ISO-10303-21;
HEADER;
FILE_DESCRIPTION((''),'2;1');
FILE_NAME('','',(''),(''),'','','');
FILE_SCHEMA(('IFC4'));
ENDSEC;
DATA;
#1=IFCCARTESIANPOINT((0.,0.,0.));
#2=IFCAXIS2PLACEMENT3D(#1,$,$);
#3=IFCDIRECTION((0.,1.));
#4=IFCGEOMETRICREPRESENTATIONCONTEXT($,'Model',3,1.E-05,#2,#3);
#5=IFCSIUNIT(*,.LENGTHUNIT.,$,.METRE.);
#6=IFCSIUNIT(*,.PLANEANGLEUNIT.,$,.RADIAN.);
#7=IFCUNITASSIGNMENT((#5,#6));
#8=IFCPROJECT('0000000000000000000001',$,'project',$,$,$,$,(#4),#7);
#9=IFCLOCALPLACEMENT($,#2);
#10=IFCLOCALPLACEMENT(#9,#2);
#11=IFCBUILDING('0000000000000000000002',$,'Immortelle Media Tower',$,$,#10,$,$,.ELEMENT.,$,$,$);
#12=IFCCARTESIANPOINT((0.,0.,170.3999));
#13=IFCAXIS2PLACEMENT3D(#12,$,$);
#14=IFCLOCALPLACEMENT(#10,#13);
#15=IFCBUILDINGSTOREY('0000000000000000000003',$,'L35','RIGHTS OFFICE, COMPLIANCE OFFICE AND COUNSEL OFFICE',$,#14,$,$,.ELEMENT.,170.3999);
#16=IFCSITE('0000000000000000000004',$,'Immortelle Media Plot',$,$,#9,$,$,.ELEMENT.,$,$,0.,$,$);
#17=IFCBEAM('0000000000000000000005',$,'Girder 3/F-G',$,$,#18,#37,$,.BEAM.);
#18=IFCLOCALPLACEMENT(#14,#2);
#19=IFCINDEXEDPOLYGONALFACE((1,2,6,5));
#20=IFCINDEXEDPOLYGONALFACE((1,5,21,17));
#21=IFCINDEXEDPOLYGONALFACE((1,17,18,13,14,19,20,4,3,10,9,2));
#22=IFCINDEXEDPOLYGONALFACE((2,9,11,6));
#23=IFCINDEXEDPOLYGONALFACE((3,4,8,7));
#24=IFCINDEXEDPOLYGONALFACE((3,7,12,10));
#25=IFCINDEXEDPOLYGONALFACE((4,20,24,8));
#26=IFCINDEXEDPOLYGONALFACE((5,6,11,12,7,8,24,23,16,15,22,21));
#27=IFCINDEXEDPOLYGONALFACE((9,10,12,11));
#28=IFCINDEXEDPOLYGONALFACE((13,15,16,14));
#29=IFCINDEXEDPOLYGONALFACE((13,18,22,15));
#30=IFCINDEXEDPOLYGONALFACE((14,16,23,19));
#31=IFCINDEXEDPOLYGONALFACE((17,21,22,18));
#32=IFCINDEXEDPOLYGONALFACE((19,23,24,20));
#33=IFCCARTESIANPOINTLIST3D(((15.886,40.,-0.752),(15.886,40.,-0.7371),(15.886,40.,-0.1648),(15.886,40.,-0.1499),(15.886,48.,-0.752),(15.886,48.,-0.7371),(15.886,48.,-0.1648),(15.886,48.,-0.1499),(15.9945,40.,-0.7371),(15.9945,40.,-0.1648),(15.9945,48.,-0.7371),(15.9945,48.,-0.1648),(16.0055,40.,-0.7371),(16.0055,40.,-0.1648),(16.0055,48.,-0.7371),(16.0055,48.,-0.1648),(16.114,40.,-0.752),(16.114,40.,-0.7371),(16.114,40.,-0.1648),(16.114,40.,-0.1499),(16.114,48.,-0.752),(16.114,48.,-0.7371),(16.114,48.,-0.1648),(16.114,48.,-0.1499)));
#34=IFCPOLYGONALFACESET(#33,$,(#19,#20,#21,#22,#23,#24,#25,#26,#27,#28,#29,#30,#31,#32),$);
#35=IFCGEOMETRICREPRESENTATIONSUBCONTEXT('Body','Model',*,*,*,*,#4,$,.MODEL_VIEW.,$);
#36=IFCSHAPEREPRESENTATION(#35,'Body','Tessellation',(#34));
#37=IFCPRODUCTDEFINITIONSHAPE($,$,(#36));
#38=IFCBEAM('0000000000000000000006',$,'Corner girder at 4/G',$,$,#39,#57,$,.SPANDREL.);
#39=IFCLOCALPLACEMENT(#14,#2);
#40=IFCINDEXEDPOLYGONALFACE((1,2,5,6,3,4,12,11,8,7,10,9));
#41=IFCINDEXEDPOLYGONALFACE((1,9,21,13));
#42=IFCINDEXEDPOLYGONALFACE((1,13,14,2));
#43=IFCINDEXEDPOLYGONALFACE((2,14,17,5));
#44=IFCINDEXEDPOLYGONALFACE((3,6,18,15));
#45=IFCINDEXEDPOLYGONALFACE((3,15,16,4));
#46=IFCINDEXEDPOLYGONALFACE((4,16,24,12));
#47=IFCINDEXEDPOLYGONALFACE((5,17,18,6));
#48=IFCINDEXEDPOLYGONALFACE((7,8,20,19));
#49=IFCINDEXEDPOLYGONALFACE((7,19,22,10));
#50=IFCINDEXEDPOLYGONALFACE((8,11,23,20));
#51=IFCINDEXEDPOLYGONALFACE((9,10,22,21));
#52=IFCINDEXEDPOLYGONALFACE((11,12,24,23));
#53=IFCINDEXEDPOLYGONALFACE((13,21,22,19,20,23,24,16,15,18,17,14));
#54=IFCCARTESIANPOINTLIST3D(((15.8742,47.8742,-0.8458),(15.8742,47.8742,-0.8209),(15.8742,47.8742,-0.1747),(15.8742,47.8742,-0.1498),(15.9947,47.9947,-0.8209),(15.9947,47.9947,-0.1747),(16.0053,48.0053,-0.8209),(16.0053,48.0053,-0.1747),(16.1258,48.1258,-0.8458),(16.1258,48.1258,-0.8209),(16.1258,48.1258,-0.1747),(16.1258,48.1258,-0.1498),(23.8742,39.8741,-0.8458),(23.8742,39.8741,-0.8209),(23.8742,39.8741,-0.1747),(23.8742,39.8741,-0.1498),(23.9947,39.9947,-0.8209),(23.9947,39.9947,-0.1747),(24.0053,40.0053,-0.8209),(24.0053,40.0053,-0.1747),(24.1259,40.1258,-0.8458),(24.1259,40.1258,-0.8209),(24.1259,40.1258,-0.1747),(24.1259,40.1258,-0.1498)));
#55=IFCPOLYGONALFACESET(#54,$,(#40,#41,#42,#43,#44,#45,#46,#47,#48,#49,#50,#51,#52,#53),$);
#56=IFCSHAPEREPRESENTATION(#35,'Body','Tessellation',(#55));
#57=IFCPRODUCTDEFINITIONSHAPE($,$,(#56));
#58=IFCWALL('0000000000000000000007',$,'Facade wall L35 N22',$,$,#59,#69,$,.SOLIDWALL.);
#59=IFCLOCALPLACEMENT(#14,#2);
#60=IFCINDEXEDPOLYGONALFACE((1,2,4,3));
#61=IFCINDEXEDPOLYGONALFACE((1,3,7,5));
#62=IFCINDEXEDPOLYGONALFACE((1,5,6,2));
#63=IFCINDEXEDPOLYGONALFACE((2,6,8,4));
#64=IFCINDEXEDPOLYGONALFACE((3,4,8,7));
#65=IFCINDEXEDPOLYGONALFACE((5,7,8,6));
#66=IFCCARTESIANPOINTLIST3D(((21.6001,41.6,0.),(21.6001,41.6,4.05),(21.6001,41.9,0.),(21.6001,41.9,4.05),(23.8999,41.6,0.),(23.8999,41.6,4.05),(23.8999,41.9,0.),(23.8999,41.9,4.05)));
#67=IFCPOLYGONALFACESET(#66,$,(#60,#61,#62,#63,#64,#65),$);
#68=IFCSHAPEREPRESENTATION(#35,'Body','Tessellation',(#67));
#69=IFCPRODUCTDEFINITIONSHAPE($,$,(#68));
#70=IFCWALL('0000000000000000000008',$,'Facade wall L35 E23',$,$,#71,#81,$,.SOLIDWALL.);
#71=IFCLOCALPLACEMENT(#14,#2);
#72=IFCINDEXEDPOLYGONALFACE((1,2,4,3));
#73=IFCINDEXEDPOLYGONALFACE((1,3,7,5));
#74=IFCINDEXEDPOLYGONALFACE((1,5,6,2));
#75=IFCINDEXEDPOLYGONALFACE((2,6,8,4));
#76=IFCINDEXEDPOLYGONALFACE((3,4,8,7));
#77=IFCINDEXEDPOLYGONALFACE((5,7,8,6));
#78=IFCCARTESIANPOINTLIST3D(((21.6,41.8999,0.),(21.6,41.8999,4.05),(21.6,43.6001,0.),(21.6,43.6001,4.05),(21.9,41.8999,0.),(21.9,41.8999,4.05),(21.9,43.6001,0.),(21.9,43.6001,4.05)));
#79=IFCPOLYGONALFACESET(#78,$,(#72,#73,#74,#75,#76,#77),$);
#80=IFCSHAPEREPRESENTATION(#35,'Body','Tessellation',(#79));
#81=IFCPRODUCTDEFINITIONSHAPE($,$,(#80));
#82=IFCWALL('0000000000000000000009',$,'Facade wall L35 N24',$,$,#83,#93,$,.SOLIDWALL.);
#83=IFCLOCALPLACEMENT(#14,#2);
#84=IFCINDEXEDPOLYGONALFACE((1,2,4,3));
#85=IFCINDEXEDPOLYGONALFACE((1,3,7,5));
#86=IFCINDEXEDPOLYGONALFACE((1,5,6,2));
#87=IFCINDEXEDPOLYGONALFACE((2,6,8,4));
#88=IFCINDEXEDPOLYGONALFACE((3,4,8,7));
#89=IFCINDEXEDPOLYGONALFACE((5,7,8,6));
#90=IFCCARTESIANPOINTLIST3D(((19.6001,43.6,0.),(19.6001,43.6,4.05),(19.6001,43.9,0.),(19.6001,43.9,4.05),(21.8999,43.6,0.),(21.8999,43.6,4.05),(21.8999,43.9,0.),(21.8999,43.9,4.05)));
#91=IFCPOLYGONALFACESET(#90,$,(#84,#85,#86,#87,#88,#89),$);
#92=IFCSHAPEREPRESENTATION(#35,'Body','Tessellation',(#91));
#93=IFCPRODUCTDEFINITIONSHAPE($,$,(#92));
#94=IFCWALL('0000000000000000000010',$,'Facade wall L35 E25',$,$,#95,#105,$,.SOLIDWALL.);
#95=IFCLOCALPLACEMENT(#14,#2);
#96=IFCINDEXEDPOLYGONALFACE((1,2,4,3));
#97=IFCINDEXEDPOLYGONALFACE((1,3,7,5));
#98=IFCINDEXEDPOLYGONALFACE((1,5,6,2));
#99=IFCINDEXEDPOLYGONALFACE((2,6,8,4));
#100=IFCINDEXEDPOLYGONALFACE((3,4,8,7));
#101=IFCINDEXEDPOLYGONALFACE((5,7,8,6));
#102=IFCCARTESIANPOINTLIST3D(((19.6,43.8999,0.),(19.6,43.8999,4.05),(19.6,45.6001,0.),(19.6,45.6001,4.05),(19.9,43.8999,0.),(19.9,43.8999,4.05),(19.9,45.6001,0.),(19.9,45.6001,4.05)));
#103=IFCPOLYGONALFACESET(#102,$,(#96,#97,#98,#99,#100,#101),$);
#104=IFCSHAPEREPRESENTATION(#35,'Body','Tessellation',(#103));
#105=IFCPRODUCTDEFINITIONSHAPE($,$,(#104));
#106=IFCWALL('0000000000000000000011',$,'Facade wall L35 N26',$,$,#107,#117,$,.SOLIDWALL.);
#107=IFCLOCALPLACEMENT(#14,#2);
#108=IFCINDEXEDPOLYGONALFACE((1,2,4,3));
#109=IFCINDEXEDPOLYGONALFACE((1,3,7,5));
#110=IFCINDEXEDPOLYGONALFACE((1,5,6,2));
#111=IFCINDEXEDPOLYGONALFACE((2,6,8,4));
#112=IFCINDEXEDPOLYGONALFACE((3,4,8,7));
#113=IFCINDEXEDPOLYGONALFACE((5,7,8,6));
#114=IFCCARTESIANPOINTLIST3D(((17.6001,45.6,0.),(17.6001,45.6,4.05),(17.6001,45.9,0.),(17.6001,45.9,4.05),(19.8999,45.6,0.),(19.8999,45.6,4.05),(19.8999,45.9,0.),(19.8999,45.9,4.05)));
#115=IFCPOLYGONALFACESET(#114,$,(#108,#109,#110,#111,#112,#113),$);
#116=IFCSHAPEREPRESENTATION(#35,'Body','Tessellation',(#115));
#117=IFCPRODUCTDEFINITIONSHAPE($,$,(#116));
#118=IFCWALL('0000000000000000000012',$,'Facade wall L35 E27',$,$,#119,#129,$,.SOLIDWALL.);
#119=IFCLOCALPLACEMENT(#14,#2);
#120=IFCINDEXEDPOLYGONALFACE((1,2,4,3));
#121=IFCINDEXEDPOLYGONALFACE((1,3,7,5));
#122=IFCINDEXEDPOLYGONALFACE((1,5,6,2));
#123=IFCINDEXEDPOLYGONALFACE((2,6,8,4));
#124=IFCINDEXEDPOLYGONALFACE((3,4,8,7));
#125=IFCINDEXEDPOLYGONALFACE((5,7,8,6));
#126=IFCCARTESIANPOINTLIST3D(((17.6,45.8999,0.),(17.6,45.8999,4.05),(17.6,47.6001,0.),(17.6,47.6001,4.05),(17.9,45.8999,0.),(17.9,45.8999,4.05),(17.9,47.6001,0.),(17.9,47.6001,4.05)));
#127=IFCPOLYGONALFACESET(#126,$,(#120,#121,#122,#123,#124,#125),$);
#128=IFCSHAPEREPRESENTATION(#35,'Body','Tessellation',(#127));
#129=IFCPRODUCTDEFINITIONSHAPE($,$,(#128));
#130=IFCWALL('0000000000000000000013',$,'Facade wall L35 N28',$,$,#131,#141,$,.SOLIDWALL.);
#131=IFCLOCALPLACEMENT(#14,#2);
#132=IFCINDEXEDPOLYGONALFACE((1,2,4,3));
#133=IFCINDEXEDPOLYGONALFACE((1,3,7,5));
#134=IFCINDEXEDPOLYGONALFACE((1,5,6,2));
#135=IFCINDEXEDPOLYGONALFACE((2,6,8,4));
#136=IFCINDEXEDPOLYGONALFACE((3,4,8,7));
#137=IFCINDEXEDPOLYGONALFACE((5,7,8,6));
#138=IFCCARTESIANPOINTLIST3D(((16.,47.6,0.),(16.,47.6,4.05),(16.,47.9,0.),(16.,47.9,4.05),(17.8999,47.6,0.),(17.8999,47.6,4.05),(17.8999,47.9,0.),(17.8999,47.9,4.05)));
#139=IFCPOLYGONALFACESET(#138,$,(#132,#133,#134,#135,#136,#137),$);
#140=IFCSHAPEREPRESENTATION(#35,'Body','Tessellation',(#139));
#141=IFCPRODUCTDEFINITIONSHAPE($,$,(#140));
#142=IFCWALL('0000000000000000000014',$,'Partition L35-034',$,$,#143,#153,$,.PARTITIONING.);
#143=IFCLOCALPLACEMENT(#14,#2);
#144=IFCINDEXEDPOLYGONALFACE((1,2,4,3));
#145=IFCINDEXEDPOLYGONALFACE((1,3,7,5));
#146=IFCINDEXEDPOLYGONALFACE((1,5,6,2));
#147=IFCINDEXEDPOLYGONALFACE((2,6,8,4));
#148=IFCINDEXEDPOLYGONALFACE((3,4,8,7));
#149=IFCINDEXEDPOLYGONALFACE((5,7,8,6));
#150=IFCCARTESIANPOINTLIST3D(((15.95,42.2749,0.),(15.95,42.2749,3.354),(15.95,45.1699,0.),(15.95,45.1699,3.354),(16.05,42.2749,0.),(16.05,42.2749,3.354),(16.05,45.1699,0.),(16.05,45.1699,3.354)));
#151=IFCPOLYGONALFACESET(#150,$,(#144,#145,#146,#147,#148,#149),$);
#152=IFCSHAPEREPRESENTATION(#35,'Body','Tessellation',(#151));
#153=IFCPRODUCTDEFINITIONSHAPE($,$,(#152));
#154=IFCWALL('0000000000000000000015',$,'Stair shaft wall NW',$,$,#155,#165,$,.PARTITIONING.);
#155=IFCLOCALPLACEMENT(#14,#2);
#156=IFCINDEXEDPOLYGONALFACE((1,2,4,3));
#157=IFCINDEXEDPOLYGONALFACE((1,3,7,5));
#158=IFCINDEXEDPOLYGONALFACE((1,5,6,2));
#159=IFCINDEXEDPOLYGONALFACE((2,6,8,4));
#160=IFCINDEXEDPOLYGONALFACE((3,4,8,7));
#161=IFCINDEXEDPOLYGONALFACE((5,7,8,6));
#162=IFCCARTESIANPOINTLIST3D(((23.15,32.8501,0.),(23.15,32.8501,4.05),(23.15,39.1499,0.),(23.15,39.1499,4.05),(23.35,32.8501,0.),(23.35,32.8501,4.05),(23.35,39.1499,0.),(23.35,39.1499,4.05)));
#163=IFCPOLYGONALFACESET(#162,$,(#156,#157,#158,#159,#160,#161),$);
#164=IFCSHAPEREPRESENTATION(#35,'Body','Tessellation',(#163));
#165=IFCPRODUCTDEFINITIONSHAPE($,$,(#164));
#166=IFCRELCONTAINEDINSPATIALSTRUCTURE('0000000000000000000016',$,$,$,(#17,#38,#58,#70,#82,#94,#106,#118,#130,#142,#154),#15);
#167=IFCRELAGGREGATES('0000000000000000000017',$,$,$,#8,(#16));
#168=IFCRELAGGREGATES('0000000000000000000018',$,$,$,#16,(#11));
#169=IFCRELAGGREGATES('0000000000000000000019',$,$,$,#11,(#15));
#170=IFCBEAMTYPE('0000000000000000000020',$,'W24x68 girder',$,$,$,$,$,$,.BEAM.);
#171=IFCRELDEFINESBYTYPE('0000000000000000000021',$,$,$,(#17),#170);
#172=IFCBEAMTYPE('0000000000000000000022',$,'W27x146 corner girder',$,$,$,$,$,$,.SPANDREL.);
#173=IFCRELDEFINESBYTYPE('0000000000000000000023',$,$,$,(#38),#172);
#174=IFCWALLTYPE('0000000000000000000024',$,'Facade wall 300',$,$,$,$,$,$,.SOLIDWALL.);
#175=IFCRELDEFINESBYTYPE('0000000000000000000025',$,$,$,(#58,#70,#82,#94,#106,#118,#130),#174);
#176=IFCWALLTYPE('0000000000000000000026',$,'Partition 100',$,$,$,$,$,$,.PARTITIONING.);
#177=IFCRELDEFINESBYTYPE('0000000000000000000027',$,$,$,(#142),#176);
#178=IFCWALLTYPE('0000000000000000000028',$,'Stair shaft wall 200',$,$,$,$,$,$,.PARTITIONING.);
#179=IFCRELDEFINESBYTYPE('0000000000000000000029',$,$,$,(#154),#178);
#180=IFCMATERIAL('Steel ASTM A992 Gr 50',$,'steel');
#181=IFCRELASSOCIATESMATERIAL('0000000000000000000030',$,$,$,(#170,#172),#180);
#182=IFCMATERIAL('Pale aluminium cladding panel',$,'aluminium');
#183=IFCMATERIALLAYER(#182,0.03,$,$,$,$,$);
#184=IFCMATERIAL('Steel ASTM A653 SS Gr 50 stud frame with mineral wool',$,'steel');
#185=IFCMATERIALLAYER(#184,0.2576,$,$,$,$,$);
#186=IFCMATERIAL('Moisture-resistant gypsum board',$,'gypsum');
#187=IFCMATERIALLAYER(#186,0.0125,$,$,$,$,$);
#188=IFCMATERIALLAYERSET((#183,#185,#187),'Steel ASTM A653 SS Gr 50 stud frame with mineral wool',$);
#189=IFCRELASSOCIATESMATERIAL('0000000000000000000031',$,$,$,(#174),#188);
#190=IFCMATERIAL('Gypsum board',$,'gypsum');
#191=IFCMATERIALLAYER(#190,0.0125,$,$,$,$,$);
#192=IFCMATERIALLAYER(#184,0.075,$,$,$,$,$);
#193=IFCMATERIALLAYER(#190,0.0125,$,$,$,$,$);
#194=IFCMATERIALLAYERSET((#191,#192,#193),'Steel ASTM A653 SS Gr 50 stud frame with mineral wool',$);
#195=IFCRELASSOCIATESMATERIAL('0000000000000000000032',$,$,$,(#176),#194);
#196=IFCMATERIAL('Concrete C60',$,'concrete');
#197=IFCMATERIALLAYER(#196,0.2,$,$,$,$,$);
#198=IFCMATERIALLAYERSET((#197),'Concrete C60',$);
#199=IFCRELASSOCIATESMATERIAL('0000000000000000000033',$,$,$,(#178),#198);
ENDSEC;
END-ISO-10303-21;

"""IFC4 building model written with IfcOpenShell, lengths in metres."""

from ifc_helpers import new_model, si_unit, direction, frame, frame_2d, origin, origin_2d, place, context, subcontext, project, spatial, rectangle, i_section, extrude, material, layer, layer_set, material_profile, profile_set, type_object, element, save


model = new_model("IFC4")

# Units and contexts
model_context = context("Model", 3, precision=1e-05, world=origin(), true_north=direction((0.0, 1.0)))
body_context = subcontext(model_context, "Body", "Model", "MODEL_VIEW")
ifc_project = project(units=[si_unit("LENGTHUNIT", "METRE"), si_unit("PLANEANGLEUNIT", "RADIAN")], contexts=[model_context])

# Site, building, storey
site_placement = place(None, origin())
site = spatial("IfcSite", under=ifc_project, at=site_placement, Name="Immortelle Media Plot", CompositionType="ELEMENT", RefElevation=0.0)
building_placement = place(site_placement, origin())
building = spatial("IfcBuilding", under=site, at=building_placement, Name="Immortelle Media Tower", CompositionType="ELEMENT")
storey_placement = place(building_placement, frame((0.0, 0.0, 170.3999)))
storey = spatial("IfcBuildingStorey", under=building, at=storey_placement, Name="L35", Description="RIGHTS OFFICE, COMPLIANCE OFFICE AND COUNSEL OFFICE", CompositionType="ELEMENT", Elevation=170.3999)

# Shared definitions
ifc_material_1 = material(Name="Steel ASTM A992 Gr 50", Category="steel")

# Beams
ifc_material_profile_1 = material_profile(ifc_material_1, i_section(OverallWidth=0.228, OverallDepth=0.6021, WebThickness=0.011, FlangeThickness=0.0149, at=origin_2d()), Name="W24x68")
ifc_profile_set_1 = profile_set([ifc_material_profile_1], Name="Steel ASTM A992 Gr 50")
beam_type_1 = type_object("IfcBeamType", Name="W24x68 girder", PredefinedType="BEAM", material=ifc_profile_set_1)
for number, where, z_axis, x_axis, name in (
    (1, (16.0, 40.0, -0.4509), (0.0, 1.0, 0.0), (-1.0, 0.0, 0.0), "Girder 3/F-G"),
):
    element("IfcBeam", number, at=place(storey_placement, frame(where, z_axis=z_axis, x_axis=x_axis)), inside=storey, type_object=beam_type_1, Name=name, PredefinedType="BEAM", context=body_context, shape_type="SweptSolid", body=[
        extrude(i_section(OverallWidth=0.228, OverallDepth=0.6021, WebThickness=0.011, FlangeThickness=0.0149, at=origin_2d()), origin(), (0.0, 0.0, 1.0), 8.0),
    ])
ifc_material_profile_2 = material_profile(ifc_material_1, i_section(OverallWidth=0.356, OverallDepth=0.696, WebThickness=0.0149, FlangeThickness=0.0249, at=origin_2d()), Name="W27x146")
ifc_profile_set_2 = profile_set([ifc_material_profile_2], Name="Steel ASTM A992 Gr 50")
beam_type_2 = type_object("IfcBeamType", Name="W27x146 corner girder", PredefinedType="SPANDREL", material=ifc_profile_set_2)
beam_1_placement = place(storey_placement, frame((16.0, 48.0, -0.4978), z_axis=(0.707107, -0.707107, 0.0), x_axis=(0.707107, 0.707107, 0.0)))
element("IfcBeam", 2, at=beam_1_placement, inside=storey, type_object=beam_type_2, Name="Corner girder at 4/G", PredefinedType="SPANDREL", context=body_context, shape_type="SweptSolid", body=[
    extrude(i_section(OverallWidth=0.356, OverallDepth=0.696, WebThickness=0.0149, FlangeThickness=0.0249, at=origin_2d()), origin(), (0.0, 0.0, 1.0), 11.3137),
])

# Walls
ifc_material_2 = material(Name="Pale aluminium cladding panel", Category="aluminium")
ifc_layer_1 = layer(ifc_material_2, 0.03)
ifc_material_3 = material(Name="Steel ASTM A653 SS Gr 50 stud frame with mineral wool", Category="steel")
ifc_layer_2 = layer(ifc_material_3, 0.2576)
ifc_material_4 = material(Name="Moisture-resistant gypsum board", Category="gypsum")
ifc_layer_3 = layer(ifc_material_4, 0.0125)
ifc_layer_set_1 = layer_set([ifc_layer_1, ifc_layer_2, ifc_layer_3], Name="Steel ASTM A653 SS Gr 50 stud frame with mineral wool")
wall_type_1 = type_object("IfcWallType", Name="Facade wall 300", PredefinedType="SOLIDWALL", material=ifc_layer_set_1)
wall_1_placement = place(storey_placement, frame((23.8999, 41.75, 0.0), z_axis=(0.0, 0.0, 1.0), x_axis=(-1.0, 0.0, 0.0)))
element("IfcWall", 3, at=wall_1_placement, inside=storey, type_object=wall_type_1, Name="Facade wall L35 N22", PredefinedType="SOLIDWALL", context=body_context, shape_type="SweptSolid", body=[
    extrude(rectangle(XDim=2.2998, YDim=0.3, at=frame_2d((1.1499, 0.0))), origin(), (0.0, 0.0, 1.0), 4.05),
])
wall_2_placement = place(storey_placement, frame((21.75, 41.8999, 0.0), z_axis=(0.0, 0.0, 1.0), x_axis=(0.0, 1.0, 0.0)))
element("IfcWall", 4, at=wall_2_placement, inside=storey, type_object=wall_type_1, Name="Facade wall L35 E23", PredefinedType="SOLIDWALL", context=body_context, shape_type="SweptSolid", body=[
    extrude(rectangle(XDim=1.7002, YDim=0.3, at=frame_2d((0.8501, 0.0))), origin(), (0.0, 0.0, 1.0), 4.05),
])
wall_3_placement = place(storey_placement, frame((21.8999, 43.75, 0.0), z_axis=(0.0, 0.0, 1.0), x_axis=(-1.0, 0.0, 0.0)))
element("IfcWall", 5, at=wall_3_placement, inside=storey, type_object=wall_type_1, Name="Facade wall L35 N24", PredefinedType="SOLIDWALL", context=body_context, shape_type="SweptSolid", body=[
    extrude(rectangle(XDim=2.2998, YDim=0.3, at=frame_2d((1.1499, 0.0))), origin(), (0.0, 0.0, 1.0), 4.05),
])
wall_4_placement = place(storey_placement, frame((19.75, 43.8999, 0.0), z_axis=(0.0, 0.0, 1.0), x_axis=(0.0, 1.0, 0.0)))
element("IfcWall", 6, at=wall_4_placement, inside=storey, type_object=wall_type_1, Name="Facade wall L35 E25", PredefinedType="SOLIDWALL", context=body_context, shape_type="SweptSolid", body=[
    extrude(rectangle(XDim=1.7002, YDim=0.3, at=frame_2d((0.8501, 0.0))), origin(), (0.0, 0.0, 1.0), 4.05),
])
wall_5_placement = place(storey_placement, frame((19.8999, 45.75, 0.0), z_axis=(0.0, 0.0, 1.0), x_axis=(-1.0, 0.0, 0.0)))
element("IfcWall", 7, at=wall_5_placement, inside=storey, type_object=wall_type_1, Name="Facade wall L35 N26", PredefinedType="SOLIDWALL", context=body_context, shape_type="SweptSolid", body=[
    extrude(rectangle(XDim=2.2998, YDim=0.3, at=frame_2d((1.1499, 0.0))), origin(), (0.0, 0.0, 1.0), 4.05),
])
wall_6_placement = place(storey_placement, frame((17.75, 45.8999, 0.0), z_axis=(0.0, 0.0, 1.0), x_axis=(0.0, 1.0, 0.0)))
element("IfcWall", 8, at=wall_6_placement, inside=storey, type_object=wall_type_1, Name="Facade wall L35 E27", PredefinedType="SOLIDWALL", context=body_context, shape_type="SweptSolid", body=[
    extrude(rectangle(XDim=1.7002, YDim=0.3, at=frame_2d((0.8501, 0.0))), origin(), (0.0, 0.0, 1.0), 4.05),
])
wall_7_placement = place(storey_placement, frame((17.8999, 47.75, 0.0), z_axis=(0.0, 0.0, 1.0), x_axis=(-1.0, 0.0, 0.0)))
element("IfcWall", 9, at=wall_7_placement, inside=storey, type_object=wall_type_1, Name="Facade wall L35 N28", PredefinedType="SOLIDWALL", context=body_context, shape_type="SweptSolid", body=[
    extrude(rectangle(XDim=1.8999, YDim=0.3, at=frame_2d((0.95, 0.0))), origin(), (0.0, 0.0, 1.0), 4.05),
])
ifc_material_5 = material(Name="Gypsum board", Category="gypsum")
ifc_layer_4 = layer(ifc_material_5, 0.0125)
ifc_layer_5 = layer(ifc_material_3, 0.075)
ifc_layer_6 = layer(ifc_material_5, 0.0125)
ifc_layer_set_2 = layer_set([ifc_layer_4, ifc_layer_5, ifc_layer_6], Name="Steel ASTM A653 SS Gr 50 stud frame with mineral wool")
wall_type_2 = type_object("IfcWallType", Name="Partition 100", PredefinedType="PARTITIONING", material=ifc_layer_set_2)
wall_8_placement = place(storey_placement, frame((16.0, 42.2749, 0.0), z_axis=(0.0, 0.0, 1.0), x_axis=(0.0, 1.0, 0.0)))
element("IfcWall", 10, at=wall_8_placement, inside=storey, type_object=wall_type_2, Name="Partition L35-034", PredefinedType="PARTITIONING", context=body_context, shape_type="SweptSolid", body=[
    extrude(rectangle(XDim=2.895, YDim=0.1001, at=frame_2d((1.4475, 0.0))), origin(), (0.0, 0.0, 1.0), 3.354),
])
ifc_material_6 = material(Name="Concrete C60", Category="concrete")
ifc_layer_7 = layer(ifc_material_6, 0.2)
ifc_layer_set_3 = layer_set([ifc_layer_7], Name="Concrete C60")
wall_type_3 = type_object("IfcWallType", Name="Stair shaft wall 200", PredefinedType="PARTITIONING", material=ifc_layer_set_3)
wall_9_placement = place(storey_placement, frame((23.25, 32.8501, 0.0), z_axis=(0.0, 0.0, 1.0), x_axis=(0.0, 1.0, 0.0)))
element("IfcWall", 11, at=wall_9_placement, inside=storey, type_object=wall_type_3, Name="Stair shaft wall NW", PredefinedType="PARTITIONING", context=body_context, shape_type="SweptSolid", body=[
    extrude(rectangle(XDim=6.2998, YDim=0.2, at=frame_2d((3.1499, 0.0))), origin(), (0.0, 0.0, 1.0), 4.05),
])

save(model, "model.ifc")
